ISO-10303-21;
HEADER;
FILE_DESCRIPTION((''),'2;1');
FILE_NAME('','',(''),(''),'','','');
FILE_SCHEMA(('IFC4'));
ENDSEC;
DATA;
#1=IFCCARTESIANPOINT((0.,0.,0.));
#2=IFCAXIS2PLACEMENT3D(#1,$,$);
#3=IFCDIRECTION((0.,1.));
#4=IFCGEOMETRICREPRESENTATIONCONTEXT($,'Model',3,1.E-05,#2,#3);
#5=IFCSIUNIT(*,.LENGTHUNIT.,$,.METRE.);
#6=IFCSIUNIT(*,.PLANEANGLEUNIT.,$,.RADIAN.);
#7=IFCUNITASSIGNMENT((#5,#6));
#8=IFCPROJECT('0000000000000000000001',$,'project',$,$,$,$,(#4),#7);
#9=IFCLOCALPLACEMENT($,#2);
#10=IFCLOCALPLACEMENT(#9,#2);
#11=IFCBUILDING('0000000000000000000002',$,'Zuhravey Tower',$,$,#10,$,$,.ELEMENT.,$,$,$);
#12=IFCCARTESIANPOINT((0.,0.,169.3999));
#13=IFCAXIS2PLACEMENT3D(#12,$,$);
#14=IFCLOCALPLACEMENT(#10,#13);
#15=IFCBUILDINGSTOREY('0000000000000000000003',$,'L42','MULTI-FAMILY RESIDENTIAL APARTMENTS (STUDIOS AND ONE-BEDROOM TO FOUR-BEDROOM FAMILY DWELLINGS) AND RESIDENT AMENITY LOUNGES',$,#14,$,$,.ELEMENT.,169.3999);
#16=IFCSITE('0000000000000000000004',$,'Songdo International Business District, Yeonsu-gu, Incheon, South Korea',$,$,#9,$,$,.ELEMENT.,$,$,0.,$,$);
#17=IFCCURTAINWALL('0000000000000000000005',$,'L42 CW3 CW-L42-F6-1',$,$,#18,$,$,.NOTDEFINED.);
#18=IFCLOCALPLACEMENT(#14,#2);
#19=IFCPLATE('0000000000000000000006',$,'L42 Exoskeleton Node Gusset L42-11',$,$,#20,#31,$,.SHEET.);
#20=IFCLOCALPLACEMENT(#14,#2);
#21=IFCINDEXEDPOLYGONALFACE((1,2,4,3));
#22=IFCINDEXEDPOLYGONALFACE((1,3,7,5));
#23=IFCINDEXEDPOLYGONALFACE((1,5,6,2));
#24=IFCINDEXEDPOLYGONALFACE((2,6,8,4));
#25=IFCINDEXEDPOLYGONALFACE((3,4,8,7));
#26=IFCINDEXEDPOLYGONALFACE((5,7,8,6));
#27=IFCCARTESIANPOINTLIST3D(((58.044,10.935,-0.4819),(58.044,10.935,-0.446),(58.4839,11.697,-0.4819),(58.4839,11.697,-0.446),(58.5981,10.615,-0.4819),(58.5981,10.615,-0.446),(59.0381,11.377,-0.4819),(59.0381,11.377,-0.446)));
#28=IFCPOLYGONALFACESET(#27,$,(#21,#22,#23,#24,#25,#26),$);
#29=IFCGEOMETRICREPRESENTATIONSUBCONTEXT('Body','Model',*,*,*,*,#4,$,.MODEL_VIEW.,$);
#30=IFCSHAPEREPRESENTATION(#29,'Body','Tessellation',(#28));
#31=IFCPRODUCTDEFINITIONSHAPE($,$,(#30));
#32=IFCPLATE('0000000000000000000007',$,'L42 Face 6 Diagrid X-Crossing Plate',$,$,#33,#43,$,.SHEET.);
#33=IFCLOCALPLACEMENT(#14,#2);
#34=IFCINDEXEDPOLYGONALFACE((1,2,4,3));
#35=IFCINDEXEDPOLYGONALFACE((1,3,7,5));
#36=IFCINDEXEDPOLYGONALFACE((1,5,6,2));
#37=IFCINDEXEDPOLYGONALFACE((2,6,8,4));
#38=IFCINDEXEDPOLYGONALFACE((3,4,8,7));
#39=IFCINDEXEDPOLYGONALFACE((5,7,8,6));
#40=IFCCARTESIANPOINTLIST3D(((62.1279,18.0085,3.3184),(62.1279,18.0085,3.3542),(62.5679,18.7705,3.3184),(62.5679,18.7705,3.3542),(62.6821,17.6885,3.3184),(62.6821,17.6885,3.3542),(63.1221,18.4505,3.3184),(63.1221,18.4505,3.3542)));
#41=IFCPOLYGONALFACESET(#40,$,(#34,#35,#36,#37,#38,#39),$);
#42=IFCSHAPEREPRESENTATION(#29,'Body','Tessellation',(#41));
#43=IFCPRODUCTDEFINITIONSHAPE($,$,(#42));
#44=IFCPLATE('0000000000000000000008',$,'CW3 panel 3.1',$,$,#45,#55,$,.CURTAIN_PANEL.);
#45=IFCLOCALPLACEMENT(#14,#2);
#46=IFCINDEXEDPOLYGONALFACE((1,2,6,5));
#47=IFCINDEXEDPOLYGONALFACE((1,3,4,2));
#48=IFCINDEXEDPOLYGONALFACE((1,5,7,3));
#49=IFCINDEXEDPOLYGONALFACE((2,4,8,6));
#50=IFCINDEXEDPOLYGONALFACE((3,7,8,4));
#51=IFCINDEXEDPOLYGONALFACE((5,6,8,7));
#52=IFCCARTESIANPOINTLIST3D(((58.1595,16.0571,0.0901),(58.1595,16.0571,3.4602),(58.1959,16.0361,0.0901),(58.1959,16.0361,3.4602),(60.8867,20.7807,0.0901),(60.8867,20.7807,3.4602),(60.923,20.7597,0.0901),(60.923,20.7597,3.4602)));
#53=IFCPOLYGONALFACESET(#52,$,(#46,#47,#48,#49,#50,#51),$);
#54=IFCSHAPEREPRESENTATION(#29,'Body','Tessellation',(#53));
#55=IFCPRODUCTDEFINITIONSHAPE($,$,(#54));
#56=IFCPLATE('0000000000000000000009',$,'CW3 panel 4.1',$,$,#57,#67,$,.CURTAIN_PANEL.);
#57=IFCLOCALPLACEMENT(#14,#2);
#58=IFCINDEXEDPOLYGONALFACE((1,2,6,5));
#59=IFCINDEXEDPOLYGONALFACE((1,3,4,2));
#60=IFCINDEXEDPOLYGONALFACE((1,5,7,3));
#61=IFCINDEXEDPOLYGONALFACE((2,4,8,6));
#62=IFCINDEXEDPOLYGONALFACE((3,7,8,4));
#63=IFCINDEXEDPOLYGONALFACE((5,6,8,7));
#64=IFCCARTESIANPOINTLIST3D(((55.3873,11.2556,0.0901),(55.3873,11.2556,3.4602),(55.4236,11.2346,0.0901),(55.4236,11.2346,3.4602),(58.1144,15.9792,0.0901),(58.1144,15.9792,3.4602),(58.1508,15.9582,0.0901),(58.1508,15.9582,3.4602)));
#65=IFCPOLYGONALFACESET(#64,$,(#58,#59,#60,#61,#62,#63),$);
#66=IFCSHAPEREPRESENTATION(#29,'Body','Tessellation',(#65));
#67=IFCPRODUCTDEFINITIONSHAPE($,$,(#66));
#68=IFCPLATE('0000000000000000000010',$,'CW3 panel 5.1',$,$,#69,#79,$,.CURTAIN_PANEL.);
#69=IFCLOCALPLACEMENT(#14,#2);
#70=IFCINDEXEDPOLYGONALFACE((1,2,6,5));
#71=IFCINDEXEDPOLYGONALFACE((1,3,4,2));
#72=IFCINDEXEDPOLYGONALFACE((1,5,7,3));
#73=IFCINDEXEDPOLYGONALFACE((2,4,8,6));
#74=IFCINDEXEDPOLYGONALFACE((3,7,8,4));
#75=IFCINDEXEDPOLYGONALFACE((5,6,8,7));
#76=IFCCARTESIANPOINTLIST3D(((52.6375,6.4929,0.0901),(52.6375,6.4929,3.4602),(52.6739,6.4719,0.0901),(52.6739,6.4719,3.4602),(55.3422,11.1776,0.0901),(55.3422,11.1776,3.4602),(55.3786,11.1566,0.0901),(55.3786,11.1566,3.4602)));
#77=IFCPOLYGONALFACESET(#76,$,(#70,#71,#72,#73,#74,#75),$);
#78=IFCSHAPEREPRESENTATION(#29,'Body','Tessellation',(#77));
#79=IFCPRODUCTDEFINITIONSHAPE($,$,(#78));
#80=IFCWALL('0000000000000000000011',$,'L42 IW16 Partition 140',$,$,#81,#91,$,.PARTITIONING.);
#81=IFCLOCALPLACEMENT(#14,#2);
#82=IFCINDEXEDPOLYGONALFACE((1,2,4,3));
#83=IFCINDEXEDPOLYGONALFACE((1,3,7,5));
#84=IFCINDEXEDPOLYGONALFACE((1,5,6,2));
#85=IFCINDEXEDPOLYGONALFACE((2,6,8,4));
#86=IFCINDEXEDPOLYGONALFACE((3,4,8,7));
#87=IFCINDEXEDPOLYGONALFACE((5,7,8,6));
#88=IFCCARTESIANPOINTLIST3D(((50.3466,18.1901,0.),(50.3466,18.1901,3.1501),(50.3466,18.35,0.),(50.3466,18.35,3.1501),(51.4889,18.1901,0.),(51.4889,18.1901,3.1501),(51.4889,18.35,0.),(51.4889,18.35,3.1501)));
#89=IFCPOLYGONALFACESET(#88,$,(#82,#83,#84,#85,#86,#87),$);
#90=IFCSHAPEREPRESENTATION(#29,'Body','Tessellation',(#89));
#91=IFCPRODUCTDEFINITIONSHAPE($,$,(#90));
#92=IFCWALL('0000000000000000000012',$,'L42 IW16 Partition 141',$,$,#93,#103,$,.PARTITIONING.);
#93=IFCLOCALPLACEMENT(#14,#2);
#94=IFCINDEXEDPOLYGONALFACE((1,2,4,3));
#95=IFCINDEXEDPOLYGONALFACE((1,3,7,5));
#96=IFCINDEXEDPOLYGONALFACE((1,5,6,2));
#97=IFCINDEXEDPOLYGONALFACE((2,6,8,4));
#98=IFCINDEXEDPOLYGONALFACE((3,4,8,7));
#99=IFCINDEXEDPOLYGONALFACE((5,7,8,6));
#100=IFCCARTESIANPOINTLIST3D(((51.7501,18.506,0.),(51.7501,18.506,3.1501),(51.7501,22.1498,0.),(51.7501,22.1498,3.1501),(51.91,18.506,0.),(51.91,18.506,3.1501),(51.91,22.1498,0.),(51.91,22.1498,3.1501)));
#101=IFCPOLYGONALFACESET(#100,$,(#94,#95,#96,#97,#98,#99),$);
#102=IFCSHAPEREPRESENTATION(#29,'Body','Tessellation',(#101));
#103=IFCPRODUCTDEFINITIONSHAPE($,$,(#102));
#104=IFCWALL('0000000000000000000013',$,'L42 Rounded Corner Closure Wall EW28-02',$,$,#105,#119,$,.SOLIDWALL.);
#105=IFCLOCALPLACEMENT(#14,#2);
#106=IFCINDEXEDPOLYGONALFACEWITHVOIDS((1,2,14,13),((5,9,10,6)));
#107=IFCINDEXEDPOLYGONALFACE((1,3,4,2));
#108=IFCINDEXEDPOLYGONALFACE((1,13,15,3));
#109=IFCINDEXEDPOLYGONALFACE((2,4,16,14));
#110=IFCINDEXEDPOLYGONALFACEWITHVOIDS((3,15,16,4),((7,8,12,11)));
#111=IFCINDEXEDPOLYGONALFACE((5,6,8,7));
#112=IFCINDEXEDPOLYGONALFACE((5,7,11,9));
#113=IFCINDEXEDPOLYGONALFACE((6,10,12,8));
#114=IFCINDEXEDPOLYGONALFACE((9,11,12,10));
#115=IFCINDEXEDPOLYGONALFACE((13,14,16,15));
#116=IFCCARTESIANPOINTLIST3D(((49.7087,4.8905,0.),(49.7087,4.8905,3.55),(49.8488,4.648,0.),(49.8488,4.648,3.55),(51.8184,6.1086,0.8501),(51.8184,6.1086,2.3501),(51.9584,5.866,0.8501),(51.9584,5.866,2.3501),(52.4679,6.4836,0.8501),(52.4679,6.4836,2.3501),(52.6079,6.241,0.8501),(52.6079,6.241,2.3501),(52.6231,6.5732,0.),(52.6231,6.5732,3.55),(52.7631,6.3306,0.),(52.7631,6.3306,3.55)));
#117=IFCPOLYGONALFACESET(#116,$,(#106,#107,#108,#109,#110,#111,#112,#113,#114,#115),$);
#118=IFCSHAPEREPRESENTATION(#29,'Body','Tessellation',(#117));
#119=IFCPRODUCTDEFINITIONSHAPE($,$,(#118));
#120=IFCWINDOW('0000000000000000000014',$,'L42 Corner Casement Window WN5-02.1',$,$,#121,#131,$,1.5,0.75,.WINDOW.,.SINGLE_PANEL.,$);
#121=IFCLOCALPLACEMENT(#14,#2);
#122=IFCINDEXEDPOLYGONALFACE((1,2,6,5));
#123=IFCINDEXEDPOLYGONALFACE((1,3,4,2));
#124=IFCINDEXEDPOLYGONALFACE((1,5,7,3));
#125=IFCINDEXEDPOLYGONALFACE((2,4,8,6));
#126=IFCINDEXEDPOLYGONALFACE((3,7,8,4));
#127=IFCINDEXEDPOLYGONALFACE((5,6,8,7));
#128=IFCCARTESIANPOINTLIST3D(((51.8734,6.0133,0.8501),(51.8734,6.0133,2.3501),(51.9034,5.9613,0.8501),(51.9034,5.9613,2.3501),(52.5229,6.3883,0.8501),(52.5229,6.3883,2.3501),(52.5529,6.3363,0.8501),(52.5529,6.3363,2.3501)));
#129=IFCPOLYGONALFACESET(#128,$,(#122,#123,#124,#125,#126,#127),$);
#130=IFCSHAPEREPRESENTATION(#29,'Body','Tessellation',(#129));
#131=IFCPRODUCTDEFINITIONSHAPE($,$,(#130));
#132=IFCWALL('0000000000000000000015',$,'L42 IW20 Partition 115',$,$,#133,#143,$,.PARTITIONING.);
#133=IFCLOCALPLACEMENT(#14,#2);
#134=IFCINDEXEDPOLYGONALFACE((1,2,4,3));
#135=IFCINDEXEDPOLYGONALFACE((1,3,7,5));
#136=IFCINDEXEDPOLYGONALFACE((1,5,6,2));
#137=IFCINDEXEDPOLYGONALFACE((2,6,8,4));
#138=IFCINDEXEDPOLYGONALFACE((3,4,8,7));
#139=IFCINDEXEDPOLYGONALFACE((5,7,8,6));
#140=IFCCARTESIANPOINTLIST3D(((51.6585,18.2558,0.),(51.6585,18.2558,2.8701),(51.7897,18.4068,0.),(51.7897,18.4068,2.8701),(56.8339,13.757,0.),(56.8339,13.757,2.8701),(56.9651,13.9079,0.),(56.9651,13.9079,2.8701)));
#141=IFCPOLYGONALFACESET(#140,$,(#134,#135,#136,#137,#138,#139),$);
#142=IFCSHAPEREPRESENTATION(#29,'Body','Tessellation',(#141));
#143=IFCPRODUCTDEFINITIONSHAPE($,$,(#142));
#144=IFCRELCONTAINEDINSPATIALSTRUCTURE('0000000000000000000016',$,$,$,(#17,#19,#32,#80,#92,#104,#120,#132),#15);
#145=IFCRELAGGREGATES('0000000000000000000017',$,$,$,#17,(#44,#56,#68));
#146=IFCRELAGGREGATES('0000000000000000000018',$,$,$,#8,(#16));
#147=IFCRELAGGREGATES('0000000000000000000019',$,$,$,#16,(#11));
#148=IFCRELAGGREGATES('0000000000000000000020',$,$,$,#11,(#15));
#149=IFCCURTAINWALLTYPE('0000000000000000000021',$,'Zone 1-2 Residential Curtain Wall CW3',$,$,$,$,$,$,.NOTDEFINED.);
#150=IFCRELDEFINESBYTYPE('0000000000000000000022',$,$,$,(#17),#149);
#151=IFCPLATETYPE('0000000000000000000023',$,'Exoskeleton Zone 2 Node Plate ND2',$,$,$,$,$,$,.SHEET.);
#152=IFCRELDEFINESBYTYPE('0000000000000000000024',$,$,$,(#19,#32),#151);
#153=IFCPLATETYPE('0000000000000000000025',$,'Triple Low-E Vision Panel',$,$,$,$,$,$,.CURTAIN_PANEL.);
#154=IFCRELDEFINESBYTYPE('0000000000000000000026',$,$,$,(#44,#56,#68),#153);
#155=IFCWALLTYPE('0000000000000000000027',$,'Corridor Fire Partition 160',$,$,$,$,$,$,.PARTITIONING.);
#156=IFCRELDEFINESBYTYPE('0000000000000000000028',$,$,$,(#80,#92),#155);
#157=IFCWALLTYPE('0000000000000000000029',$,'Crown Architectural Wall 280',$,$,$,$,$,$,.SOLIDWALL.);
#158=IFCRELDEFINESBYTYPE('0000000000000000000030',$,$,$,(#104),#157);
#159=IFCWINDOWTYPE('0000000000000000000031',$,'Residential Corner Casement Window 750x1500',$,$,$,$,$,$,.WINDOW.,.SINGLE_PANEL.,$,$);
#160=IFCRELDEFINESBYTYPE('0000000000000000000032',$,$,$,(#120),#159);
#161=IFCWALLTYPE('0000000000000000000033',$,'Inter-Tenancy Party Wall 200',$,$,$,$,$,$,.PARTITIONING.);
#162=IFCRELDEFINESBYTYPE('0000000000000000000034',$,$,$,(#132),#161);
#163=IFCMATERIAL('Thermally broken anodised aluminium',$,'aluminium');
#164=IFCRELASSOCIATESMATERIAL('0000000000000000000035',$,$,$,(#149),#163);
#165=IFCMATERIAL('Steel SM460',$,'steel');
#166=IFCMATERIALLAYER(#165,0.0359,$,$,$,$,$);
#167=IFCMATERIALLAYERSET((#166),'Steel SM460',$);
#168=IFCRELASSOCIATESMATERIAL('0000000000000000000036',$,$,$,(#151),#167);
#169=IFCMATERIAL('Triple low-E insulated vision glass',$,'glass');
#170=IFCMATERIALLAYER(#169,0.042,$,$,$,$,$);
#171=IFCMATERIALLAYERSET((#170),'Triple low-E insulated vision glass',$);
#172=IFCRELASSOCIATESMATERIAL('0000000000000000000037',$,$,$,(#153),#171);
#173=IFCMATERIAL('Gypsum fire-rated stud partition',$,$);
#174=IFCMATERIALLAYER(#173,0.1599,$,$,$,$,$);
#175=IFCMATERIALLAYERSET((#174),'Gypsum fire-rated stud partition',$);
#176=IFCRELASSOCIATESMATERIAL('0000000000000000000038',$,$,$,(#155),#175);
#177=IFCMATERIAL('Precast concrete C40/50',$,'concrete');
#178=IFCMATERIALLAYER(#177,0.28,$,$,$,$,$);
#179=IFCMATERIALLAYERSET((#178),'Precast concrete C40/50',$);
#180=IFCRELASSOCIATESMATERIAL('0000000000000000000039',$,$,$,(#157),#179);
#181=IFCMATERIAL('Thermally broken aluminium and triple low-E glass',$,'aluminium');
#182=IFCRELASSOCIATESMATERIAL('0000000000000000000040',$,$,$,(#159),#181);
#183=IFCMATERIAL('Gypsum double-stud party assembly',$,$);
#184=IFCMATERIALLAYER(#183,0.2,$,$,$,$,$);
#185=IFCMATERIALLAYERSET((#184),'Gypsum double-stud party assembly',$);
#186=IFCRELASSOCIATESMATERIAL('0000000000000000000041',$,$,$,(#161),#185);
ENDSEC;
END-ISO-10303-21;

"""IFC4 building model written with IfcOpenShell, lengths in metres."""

from ifc_helpers import new_model, si_unit, direction, frame, frame_2d, origin, origin_2d, place, context, subcontext, project, spatial, rectangle, extrude, material, layer, layer_set, type_object, element, fill, aggregate, save


model = new_model("IFC4")

# Units and contexts
model_context = context("Model", 3, precision=1e-05, world=origin(), true_north=direction((0.0, 1.0)))
body_context = subcontext(model_context, "Body", "Model", "MODEL_VIEW")
ifc_project = project(units=[si_unit("LENGTHUNIT", "METRE"), si_unit("PLANEANGLEUNIT", "RADIAN")], contexts=[model_context])

# Site, building, storey
site_placement = place(None, origin())
site = spatial("IfcSite", under=ifc_project, at=site_placement, Name="Songdo International Business District, Yeonsu-gu, Incheon, South Korea", CompositionType="ELEMENT", RefElevation=0.0)
building_placement = place(site_placement, origin())
building = spatial("IfcBuilding", under=site, at=building_placement, Name="Zuhravey Tower", CompositionType="ELEMENT")
storey_placement = place(building_placement, frame((0.0, 0.0, 169.3999)))
storey = spatial("IfcBuildingStorey", under=building, at=storey_placement, Name="L42", Description="MULTI-FAMILY RESIDENTIAL APARTMENTS (STUDIOS AND ONE-BEDROOM TO FOUR-BEDROOM FAMILY DWELLINGS) AND RESIDENT AMENITY LOUNGES", CompositionType="ELEMENT", Elevation=169.3999)

# Curtain wall
ifc_material_1 = material(Name="Thermally broken anodised aluminium", Category="aluminium")
curtain_wall_type = type_object("IfcCurtainWallType", Name="Zone 1-2 Residential Curtain Wall CW3", PredefinedType="NOTDEFINED", material=ifc_material_1)
curtain_wall_1_placement = place(storey_placement, origin())
curtain_wall_1 = element("IfcCurtainWall", 1, at=curtain_wall_1_placement, inside=storey, type_object=curtain_wall_type, Name="L42 CW3 CW-L42-F6-1", PredefinedType="NOTDEFINED")

# Shared definitions
ifc_material_2 = material(Name="Steel SM460", Category="steel")

# Plates
ifc_layer_1 = layer(ifc_material_2, 0.0359)
ifc_layer_set_1 = layer_set([ifc_layer_1], Name="Steel SM460")
plate_type_1 = type_object("IfcPlateType", Name="Exoskeleton Zone 2 Node Plate ND2", PredefinedType="SHEET", material=ifc_layer_set_1)
for number, where, z_axis, x_axis, name in (
    (2, (58.541, 11.156, -0.4819), (0.0, 0.0, 1.0), (0.5, 0.866025, 0.0), "L42 Exoskeleton Node Gusset L42-11"),
    (3, (62.625, 18.2295, 3.3184), (0.0, 0.0, 1.0), (0.5, 0.866025, 0.0), "L42 Face 6 Diagrid X-Crossing Plate"),
):
    element("IfcPlate", number, at=place(storey_placement, frame(where, z_axis=z_axis, x_axis=x_axis)), inside=storey, type_object=plate_type_1, Name=name, PredefinedType="SHEET", context=body_context, shape_type="SweptSolid", body=[
        extrude(rectangle(XDim=0.8799, YDim=0.6399, at=origin_2d()), origin(), (0.0, 0.0, 1.0), 0.0359),
    ])

# Plates
ifc_material_3 = material(Name="Triple low-E insulated vision glass", Category="glass")
ifc_layer_2 = layer(ifc_material_3, 0.042)
ifc_layer_set_2 = layer_set([ifc_layer_2], Name="Triple low-E insulated vision glass")
plate_type_2 = type_object("IfcPlateType", Name="Triple Low-E Vision Panel", PredefinedType="CURTAIN_PANEL", material=ifc_layer_set_2)
plate_1_placement = place(storey_placement, frame((59.5413, 18.4084, 0.0901), z_axis=(0.0, 0.0, 1.0), x_axis=(-0.5, -0.866025, 0.0)))
plate_1 = element("IfcPlate", 4, at=plate_1_placement, type_object=plate_type_2, Name="CW3 panel 3.1", PredefinedType="CURTAIN_PANEL", context=body_context, shape_type="SweptSolid", body=[
    extrude(rectangle(XDim=5.4543, YDim=0.042, at=origin_2d()), origin(), (0.0, 0.0, 1.0), 3.3701),
])
plate_2_placement = place(storey_placement, frame((56.769, 13.6069, 0.0901), z_axis=(0.0, 0.0, 1.0), x_axis=(-0.5, -0.866025, 0.0)))
plate_2 = element("IfcPlate", 5, at=plate_2_placement, type_object=plate_type_2, Name="CW3 panel 4.1", PredefinedType="CURTAIN_PANEL", context=body_context, shape_type="SweptSolid", body=[
    extrude(rectangle(XDim=5.4543, YDim=0.042, at=origin_2d()), origin(), (0.0, 0.0, 1.0), 3.3701),
])
plate_3_placement = place(storey_placement, frame((54.0081, 8.8247, 0.0901), z_axis=(0.0, 0.0, 1.0), x_axis=(-0.5, -0.866025, 0.0)))
plate_3 = element("IfcPlate", 6, at=plate_3_placement, type_object=plate_type_2, Name="CW3 panel 5.1", PredefinedType="CURTAIN_PANEL", context=body_context, shape_type="SweptSolid", body=[
    extrude(rectangle(XDim=5.4094, YDim=0.042, at=origin_2d()), origin(), (0.0, 0.0, 1.0), 3.3701),
])
aggregate(curtain_wall_1, [plate_1, plate_2, plate_3])

# Walls
ifc_material_4 = material(Name="Gypsum fire-rated stud partition")
ifc_layer_3 = layer(ifc_material_4, 0.1599)
ifc_layer_set_3 = layer_set([ifc_layer_3], Name="Gypsum fire-rated stud partition")
wall_type_1 = type_object("IfcWallType", Name="Corridor Fire Partition 160", PredefinedType="PARTITIONING", material=ifc_layer_set_3)
wall_1_placement = place(storey_placement, frame((50.3464, 18.27, 0.0), z_axis=(0.0, 0.0, 1.0), x_axis=(1.0, 0.0, 0.0)))
element("IfcWall", 7, at=wall_1_placement, inside=storey, type_object=wall_type_1, Name="L42 IW16 Partition 140", PredefinedType="PARTITIONING", context=body_context, shape_type="SweptSolid", body=[
    extrude(rectangle(XDim=1.1423, YDim=0.1599, at=frame_2d((0.5713, 0.0))), origin(), (0.0, 0.0, 1.0), 3.1501),
])
wall_2_placement = place(storey_placement, frame((51.8301, 18.5061, 0.0), z_axis=(0.0, 0.0, 1.0), x_axis=(0.0, 1.0, 0.0)))
element("IfcWall", 8, at=wall_2_placement, inside=storey, type_object=wall_type_1, Name="L42 IW16 Partition 141", PredefinedType="PARTITIONING", context=body_context, shape_type="SweptSolid", body=[
    extrude(rectangle(XDim=3.6438, YDim=0.1599, at=frame_2d((1.8218, 0.0))), origin(), (0.0, 0.0, 1.0), 3.1501),
])

# Wall, opening, window
ifc_material_5 = material(Name="Precast concrete C40/50", Category="concrete")
ifc_layer_4 = layer(ifc_material_5, 0.28)
ifc_layer_set_4 = layer_set([ifc_layer_4], Name="Precast concrete C40/50")
wall_type_2 = type_object("IfcWallType", Name="Crown Architectural Wall 280", PredefinedType="SOLIDWALL", material=ifc_layer_set_4)
wall_3_placement = place(storey_placement, frame((52.6931, 6.4519, 0.0), z_axis=(0.0, 0.0, 1.0), x_axis=(-0.86602, -0.500009, 0.0)))
wall_3 = element("IfcWall", 9, at=wall_3_placement, inside=storey, type_object=wall_type_2, Name="L42 Rounded Corner Closure Wall EW28-02", PredefinedType="SOLIDWALL", context=body_context, shape_type="SweptSolid", body=[
    extrude(rectangle(XDim=3.3652, YDim=0.28, at=frame_2d((1.6826, 0.0))), origin(), (0.0, 0.0, 1.0), 3.55),
])
opening_placement = place(wall_3_placement, frame((0.1792, 0.0, 0.8501)))
opening = element("IfcOpeningElement", 10, at=opening_placement, cuts=wall_3, PredefinedType="OPENING", context=body_context, shape_type="SweptSolid", body=[
    extrude(rectangle(XDim=0.75, YDim=1.5, at=frame_2d((0.375, 0.75))), frame((0.0, 0.1521, 0.0), z_axis=(0.0, -1.0, 0.0), x_axis=(1.0, 0.0, 0.0)), (0.0, 0.0, 1.0), 0.304),
])
ifc_material_6 = material(Name="Thermally broken aluminium and triple low-E glass", Category="aluminium")
window_type = type_object("IfcWindowType", Name="Residential Corner Casement Window 750x1500", PartitioningType="SINGLE_PANEL", PredefinedType="WINDOW", material=ifc_material_6)
window_placement = place(opening_placement, origin())
window = element("IfcWindow", 11, at=window_placement, inside=storey, type_object=window_type, Name="L42 Corner Casement Window WN5-02.1", OverallHeight=1.5, OverallWidth=0.75, PartitioningType="SINGLE_PANEL", PredefinedType="WINDOW", context=body_context, shape_type="SweptSolid", body=[
    extrude(rectangle(XDim=0.75, YDim=1.5, at=frame_2d((0.375, 0.75))), frame((0.0, 0.03, 0.0), z_axis=(0.0, -1.0, 0.0), x_axis=(1.0, 0.0, 0.0)), (0.0, 0.0, 1.0), 0.0601),
])
fill(opening, window)

# Wall
ifc_material_7 = material(Name="Gypsum double-stud party assembly")
ifc_layer_5 = layer(ifc_material_7, 0.2)
ifc_layer_set_5 = layer_set([ifc_layer_5], Name="Gypsum double-stud party assembly")
wall_type_3 = type_object("IfcWallType", Name="Inter-Tenancy Party Wall 200", PredefinedType="PARTITIONING", material=ifc_layer_set_5)
wall_4_placement = place(storey_placement, frame((51.7241, 18.3313, 0.0), z_axis=(0.0, 0.0, 1.0), x_axis=(0.754712, -0.656056, 0.0)))
element("IfcWall", 12, at=wall_4_placement, inside=storey, type_object=wall_type_3, Name="L42 IW20 Partition 115", PredefinedType="PARTITIONING", context=body_context, shape_type="SweptSolid", body=[
    extrude(rectangle(XDim=6.8574, YDim=0.2, at=frame_2d((3.4287, 0.0))), origin(), (0.0, 0.0, 1.0), 2.8701),
])

save(model, "model.ifc")
